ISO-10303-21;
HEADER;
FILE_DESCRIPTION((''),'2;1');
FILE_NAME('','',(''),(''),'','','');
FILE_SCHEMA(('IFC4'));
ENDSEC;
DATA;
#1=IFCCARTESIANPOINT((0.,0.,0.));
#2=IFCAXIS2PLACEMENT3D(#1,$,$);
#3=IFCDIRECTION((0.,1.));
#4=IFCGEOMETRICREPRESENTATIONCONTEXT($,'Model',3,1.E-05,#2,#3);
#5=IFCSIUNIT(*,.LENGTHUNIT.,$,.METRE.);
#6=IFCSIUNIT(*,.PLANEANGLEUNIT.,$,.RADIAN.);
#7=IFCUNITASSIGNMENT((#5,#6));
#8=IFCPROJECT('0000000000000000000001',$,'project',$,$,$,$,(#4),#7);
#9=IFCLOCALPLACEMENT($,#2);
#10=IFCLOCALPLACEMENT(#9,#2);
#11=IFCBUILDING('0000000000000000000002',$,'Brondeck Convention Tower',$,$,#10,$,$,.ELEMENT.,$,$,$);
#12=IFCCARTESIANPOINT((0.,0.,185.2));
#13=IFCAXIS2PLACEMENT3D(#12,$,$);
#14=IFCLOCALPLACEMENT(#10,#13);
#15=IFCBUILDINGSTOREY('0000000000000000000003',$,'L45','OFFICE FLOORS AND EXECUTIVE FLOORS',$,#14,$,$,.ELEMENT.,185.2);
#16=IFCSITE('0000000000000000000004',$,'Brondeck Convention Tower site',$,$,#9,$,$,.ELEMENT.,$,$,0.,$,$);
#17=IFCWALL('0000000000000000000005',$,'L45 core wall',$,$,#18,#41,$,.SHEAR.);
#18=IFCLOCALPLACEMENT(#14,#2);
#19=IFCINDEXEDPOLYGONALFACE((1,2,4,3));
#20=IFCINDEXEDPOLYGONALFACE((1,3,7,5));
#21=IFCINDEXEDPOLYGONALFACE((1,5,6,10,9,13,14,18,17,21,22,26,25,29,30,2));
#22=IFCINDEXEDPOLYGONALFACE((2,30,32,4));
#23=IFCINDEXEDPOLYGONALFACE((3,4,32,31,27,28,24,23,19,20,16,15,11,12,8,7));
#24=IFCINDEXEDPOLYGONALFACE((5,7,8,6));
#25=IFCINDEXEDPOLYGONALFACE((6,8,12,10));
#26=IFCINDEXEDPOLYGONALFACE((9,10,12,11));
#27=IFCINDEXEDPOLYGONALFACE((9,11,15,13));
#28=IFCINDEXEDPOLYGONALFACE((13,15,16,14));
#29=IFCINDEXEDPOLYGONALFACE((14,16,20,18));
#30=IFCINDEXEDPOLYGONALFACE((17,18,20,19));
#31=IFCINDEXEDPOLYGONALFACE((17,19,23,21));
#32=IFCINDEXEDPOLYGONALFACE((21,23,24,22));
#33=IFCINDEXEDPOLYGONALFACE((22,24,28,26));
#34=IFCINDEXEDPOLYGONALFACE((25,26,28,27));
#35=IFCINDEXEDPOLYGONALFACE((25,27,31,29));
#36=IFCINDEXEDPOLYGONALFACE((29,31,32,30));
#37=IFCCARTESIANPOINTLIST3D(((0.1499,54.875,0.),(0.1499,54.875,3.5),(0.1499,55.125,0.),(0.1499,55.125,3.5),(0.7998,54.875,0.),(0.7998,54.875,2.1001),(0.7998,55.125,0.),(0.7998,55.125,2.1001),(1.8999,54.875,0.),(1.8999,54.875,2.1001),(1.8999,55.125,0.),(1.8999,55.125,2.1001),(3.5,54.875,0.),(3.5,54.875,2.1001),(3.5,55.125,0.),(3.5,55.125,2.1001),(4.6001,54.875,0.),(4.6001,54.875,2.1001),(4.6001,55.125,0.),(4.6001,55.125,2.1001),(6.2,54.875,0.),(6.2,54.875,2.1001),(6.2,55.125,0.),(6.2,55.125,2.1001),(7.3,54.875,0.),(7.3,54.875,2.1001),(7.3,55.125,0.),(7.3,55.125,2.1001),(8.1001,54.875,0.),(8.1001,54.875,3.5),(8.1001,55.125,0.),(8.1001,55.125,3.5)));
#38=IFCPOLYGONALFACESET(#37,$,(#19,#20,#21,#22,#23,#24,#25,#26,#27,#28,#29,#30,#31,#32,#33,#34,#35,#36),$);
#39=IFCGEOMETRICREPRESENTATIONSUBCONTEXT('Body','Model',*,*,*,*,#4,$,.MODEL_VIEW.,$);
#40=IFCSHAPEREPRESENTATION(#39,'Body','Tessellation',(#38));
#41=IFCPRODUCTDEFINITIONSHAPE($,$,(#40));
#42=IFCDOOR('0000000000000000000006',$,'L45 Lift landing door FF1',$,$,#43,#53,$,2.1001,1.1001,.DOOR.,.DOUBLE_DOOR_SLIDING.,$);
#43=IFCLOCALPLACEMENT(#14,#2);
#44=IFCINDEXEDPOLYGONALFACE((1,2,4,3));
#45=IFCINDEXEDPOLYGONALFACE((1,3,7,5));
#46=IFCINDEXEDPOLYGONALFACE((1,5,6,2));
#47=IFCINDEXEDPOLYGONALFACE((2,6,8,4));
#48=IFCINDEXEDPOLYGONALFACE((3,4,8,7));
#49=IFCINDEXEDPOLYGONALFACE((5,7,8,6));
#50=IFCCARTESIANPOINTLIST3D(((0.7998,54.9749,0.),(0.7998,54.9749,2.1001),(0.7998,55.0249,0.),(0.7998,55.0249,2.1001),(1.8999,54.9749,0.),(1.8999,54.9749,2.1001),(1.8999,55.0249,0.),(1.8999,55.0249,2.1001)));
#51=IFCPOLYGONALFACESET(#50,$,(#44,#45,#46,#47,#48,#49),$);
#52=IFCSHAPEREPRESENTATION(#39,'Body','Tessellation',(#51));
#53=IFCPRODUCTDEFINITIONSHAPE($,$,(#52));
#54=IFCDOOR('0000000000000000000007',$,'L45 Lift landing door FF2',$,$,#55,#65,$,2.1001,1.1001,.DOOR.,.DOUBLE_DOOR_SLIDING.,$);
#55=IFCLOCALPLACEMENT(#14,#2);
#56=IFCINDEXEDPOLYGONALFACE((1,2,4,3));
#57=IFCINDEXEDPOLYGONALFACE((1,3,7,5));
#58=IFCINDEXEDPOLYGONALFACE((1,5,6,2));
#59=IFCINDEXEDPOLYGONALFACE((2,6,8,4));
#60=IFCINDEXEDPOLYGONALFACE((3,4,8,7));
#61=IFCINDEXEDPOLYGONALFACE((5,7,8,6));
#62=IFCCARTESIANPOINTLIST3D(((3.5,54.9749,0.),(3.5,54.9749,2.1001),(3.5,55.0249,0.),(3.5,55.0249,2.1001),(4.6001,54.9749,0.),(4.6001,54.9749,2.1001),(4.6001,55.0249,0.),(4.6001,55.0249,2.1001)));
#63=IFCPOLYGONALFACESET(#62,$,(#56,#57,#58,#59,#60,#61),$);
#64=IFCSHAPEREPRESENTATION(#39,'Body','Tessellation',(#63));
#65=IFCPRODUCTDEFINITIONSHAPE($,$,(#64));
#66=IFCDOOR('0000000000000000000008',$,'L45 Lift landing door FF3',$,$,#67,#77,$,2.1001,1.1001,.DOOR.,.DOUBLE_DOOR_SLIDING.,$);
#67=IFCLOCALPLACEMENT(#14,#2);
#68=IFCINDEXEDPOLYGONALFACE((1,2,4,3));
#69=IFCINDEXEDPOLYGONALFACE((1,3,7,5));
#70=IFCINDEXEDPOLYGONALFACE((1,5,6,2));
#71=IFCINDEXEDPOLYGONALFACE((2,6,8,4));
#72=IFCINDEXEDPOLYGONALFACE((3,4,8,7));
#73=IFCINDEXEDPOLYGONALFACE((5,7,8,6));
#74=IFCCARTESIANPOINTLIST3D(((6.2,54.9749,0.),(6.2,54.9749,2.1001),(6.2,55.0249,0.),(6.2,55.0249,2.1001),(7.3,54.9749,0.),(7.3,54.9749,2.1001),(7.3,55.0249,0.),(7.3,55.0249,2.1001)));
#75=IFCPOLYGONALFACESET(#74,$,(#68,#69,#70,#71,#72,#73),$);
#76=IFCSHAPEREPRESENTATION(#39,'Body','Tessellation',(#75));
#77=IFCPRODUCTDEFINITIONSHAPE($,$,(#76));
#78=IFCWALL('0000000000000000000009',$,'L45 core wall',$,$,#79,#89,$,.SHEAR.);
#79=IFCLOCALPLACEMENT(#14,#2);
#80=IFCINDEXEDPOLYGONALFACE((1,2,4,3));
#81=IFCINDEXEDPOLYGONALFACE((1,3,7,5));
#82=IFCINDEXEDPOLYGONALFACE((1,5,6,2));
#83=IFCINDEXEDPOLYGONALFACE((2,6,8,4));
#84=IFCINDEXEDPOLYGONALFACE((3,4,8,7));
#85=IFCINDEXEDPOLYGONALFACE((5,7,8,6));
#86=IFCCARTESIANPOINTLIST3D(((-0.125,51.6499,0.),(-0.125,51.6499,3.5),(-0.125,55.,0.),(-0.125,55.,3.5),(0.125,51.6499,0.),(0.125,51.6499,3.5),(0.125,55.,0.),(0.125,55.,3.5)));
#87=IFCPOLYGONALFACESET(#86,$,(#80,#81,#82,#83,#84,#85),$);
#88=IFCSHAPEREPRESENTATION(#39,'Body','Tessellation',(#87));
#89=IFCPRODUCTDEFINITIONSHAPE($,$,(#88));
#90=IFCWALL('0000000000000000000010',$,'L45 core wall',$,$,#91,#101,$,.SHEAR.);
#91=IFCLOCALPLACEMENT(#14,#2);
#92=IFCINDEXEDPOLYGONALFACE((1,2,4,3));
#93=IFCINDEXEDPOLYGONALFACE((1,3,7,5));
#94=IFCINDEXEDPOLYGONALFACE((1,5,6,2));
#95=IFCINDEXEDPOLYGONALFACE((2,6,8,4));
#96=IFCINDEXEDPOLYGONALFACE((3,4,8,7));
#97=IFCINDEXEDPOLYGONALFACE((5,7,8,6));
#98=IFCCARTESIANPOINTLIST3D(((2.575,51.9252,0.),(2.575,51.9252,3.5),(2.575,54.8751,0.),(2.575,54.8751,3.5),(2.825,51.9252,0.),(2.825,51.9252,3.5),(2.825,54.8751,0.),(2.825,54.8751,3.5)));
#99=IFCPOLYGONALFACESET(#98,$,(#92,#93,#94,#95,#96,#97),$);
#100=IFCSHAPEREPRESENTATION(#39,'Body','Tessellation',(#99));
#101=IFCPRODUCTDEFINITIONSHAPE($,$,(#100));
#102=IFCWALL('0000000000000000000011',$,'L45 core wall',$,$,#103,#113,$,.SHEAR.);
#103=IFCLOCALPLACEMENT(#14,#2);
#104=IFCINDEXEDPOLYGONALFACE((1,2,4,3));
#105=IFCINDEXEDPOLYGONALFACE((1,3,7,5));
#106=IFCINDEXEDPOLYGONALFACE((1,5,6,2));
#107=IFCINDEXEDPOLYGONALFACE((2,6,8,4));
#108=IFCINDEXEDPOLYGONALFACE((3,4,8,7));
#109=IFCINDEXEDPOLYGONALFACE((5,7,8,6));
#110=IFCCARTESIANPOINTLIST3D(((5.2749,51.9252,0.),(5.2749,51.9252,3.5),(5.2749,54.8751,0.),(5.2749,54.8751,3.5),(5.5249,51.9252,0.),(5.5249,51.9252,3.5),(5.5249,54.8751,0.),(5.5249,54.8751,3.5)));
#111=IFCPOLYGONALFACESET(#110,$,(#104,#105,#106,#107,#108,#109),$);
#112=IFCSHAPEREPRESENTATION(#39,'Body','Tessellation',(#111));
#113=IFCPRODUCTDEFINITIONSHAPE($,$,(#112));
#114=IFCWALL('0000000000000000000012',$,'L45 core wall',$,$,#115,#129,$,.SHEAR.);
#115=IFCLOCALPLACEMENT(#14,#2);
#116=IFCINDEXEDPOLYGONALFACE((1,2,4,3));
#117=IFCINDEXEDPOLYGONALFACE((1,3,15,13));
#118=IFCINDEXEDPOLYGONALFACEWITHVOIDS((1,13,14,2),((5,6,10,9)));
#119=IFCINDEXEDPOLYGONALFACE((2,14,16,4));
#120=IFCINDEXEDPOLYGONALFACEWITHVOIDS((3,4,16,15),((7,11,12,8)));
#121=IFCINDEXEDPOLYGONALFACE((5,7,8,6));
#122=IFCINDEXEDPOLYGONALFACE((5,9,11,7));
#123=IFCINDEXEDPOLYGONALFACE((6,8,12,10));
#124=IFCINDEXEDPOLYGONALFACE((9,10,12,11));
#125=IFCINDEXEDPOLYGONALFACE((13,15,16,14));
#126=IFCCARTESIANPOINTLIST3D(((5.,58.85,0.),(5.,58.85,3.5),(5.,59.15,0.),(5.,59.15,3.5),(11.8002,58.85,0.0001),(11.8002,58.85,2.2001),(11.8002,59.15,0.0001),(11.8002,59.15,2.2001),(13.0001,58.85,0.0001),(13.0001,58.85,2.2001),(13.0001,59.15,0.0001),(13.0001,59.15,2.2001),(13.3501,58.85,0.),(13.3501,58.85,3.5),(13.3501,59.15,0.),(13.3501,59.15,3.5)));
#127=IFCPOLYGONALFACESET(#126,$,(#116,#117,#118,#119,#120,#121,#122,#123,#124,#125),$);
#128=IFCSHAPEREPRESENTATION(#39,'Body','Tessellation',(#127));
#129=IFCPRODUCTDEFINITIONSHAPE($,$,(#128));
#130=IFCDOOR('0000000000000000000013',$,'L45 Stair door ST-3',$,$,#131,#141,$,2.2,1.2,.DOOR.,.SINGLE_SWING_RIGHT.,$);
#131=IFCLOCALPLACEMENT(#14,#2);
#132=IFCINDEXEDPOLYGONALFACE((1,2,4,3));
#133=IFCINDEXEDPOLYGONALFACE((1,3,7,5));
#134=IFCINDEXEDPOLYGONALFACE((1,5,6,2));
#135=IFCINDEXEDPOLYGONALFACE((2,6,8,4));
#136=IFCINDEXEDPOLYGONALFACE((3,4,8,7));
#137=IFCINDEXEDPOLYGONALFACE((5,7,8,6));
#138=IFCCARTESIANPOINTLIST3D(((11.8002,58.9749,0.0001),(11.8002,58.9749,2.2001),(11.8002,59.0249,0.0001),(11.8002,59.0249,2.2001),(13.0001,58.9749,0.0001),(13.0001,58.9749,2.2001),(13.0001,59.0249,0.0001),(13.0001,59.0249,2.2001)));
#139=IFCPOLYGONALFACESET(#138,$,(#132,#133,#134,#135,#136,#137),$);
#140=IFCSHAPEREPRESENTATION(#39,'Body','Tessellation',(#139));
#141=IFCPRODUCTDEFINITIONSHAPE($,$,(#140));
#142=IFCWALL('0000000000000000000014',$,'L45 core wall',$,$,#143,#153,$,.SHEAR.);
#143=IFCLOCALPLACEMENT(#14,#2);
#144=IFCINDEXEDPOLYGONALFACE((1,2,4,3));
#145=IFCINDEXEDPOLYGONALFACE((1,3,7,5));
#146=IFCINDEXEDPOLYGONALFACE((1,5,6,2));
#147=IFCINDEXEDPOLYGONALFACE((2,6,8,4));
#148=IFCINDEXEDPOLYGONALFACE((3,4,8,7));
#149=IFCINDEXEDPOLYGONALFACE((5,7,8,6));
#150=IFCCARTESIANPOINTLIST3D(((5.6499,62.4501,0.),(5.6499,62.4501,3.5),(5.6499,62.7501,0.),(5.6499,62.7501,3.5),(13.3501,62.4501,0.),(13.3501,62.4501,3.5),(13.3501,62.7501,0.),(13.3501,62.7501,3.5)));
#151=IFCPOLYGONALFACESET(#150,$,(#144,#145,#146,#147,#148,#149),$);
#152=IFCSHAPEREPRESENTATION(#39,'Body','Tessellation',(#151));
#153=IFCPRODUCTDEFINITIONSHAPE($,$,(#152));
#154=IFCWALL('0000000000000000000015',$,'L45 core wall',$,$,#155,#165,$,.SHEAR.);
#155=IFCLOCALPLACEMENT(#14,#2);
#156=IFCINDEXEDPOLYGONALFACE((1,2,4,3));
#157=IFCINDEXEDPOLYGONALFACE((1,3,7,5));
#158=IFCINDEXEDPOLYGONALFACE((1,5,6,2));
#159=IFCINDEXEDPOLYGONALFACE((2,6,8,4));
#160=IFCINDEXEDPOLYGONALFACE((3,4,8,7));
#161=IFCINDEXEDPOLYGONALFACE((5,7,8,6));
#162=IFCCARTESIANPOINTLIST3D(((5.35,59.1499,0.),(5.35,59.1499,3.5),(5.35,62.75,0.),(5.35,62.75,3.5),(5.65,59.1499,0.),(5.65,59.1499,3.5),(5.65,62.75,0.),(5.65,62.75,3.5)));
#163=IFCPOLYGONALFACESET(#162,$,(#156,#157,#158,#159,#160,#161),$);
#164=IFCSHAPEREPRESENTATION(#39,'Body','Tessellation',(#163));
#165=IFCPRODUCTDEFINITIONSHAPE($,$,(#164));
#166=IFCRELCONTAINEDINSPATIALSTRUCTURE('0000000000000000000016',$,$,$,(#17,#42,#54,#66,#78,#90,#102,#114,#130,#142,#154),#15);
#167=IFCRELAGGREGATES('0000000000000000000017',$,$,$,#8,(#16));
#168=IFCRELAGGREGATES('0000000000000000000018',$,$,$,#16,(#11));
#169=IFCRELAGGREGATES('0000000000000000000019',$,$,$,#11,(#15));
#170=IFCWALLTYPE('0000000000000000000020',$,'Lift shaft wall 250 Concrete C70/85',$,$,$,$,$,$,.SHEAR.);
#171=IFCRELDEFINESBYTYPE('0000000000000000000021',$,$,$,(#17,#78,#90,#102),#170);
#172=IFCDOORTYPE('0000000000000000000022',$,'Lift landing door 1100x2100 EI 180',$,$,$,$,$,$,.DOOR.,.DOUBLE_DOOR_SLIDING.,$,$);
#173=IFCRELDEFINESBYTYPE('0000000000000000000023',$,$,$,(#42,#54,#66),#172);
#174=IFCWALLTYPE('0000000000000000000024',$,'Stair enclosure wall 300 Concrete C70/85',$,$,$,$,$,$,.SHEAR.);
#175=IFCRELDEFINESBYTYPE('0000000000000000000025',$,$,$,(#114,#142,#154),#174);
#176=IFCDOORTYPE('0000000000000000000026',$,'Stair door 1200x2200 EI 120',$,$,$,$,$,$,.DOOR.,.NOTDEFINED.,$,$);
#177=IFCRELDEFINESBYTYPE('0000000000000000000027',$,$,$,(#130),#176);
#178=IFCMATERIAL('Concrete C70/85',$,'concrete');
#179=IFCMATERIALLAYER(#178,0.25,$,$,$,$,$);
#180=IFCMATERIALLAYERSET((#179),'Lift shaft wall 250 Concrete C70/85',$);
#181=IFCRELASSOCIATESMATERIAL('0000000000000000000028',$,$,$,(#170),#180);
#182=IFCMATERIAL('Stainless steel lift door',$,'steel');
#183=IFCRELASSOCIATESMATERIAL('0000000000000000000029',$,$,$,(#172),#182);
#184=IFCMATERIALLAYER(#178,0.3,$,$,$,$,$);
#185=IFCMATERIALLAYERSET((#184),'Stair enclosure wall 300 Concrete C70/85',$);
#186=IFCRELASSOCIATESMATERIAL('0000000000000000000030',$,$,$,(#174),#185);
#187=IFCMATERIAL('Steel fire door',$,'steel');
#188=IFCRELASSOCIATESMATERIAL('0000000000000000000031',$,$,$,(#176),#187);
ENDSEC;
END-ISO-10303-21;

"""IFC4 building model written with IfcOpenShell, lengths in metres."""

from ifc_helpers import new_model, si_unit, direction, frame, frame_2d, origin, place, context, subcontext, project, spatial, rectangle, extrude, material, layer, layer_set, type_object, element, fill, save


model = new_model("IFC4")

# Units and contexts
model_context = context("Model", 3, precision=1e-05, world=origin(), true_north=direction((0.0, 1.0)))
body_context = subcontext(model_context, "Body", "Model", "MODEL_VIEW")
ifc_project = project(units=[si_unit("LENGTHUNIT", "METRE"), si_unit("PLANEANGLEUNIT", "RADIAN")], contexts=[model_context])

# Site, building, storey
site_placement = place(None, origin())
site = spatial("IfcSite", under=ifc_project, at=site_placement, Name="Brondeck Convention Tower site", CompositionType="ELEMENT", RefElevation=0.0)
building_placement = place(site_placement, origin())
building = spatial("IfcBuilding", under=site, at=building_placement, Name="Brondeck Convention Tower", CompositionType="ELEMENT")
storey_placement = place(building_placement, frame((0.0, 0.0, 185.2)))
storey = spatial("IfcBuildingStorey", under=building, at=storey_placement, Name="L45", Description="OFFICE FLOORS AND EXECUTIVE FLOORS", CompositionType="ELEMENT", Elevation=185.2)

# Shared definitions
ifc_material_1 = material(Name="Concrete C70/85", Category="concrete")

# Shared definitions
ifc_layer_1 = layer(ifc_material_1, 0.25)
ifc_layer_set_1 = layer_set([ifc_layer_1], Name="Lift shaft wall 250 Concrete C70/85")
wall_type_1 = type_object("IfcWallType", Name="Lift shaft wall 250 Concrete C70/85", PredefinedType="SHEAR", material=ifc_layer_set_1)

# Wall, openings, doors
wall_1_placement = place(storey_placement, frame((0.1499, 55.0, 0.0), z_axis=(0.0, 0.0, 1.0), x_axis=(1.0, 0.0, 0.0)))
wall_1 = element("IfcWall", 1, at=wall_1_placement, inside=storey, type_object=wall_type_1, Name="L45 core wall", PredefinedType="SHEAR", context=body_context, shape_type="SweptSolid", body=[
    extrude(rectangle(XDim=7.9502, YDim=0.25, at=frame_2d((3.9751, 0.0))), origin(), (0.0, 0.0, 1.0), 3.5),
])
opening_1_placement = place(wall_1_placement, frame((0.6499, 0.0, 0.0)))
opening_1 = element("IfcOpeningElement", 2, at=opening_1_placement, cuts=wall_1, PredefinedType="OPENING", context=body_context, shape_type="SweptSolid", body=[
    extrude(rectangle(XDim=1.1001, YDim=2.1001, at=frame_2d((0.55, 1.05))), frame((0.0, 0.135, 0.0), z_axis=(0.0, -1.0, 0.0), x_axis=(1.0, 0.0, 0.0)), (0.0, 0.0, 1.0), 0.27),
])
opening_2_placement = place(wall_1_placement, frame((3.3501, 0.0, 0.0)))
opening_2 = element("IfcOpeningElement", 3, at=opening_2_placement, cuts=wall_1, PredefinedType="OPENING", context=body_context, shape_type="SweptSolid", body=[
    extrude(rectangle(XDim=1.1001, YDim=2.1001, at=frame_2d((0.55, 1.05))), frame((0.0, 0.135, 0.0), z_axis=(0.0, -1.0, 0.0), x_axis=(1.0, 0.0, 0.0)), (0.0, 0.0, 1.0), 0.27),
])
opening_3_placement = place(wall_1_placement, frame((6.05, 0.0, 0.0)))
opening_3 = element("IfcOpeningElement", 4, at=opening_3_placement, cuts=wall_1, PredefinedType="OPENING", context=body_context, shape_type="SweptSolid", body=[
    extrude(rectangle(XDim=1.1001, YDim=2.1001, at=frame_2d((0.55, 1.05))), frame((0.0, 0.135, 0.0), z_axis=(0.0, -1.0, 0.0), x_axis=(1.0, 0.0, 0.0)), (0.0, 0.0, 1.0), 0.27),
])
ifc_material_2 = material(Name="Stainless steel lift door", Category="steel")
door_type_1 = type_object("IfcDoorType", Name="Lift landing door 1100x2100 EI 180", OperationType="DOUBLE_DOOR_SLIDING", PredefinedType="DOOR", material=ifc_material_2)
door_1_placement = place(opening_1_placement, origin())
door_1 = element("IfcDoor", 5, at=door_1_placement, inside=storey, type_object=door_type_1, Name="L45 Lift landing door FF1", OperationType="DOUBLE_DOOR_SLIDING", OverallHeight=2.1001, OverallWidth=1.1001, PredefinedType="DOOR", context=body_context, shape_type="SweptSolid", body=[
    extrude(rectangle(XDim=1.1001, YDim=2.1001, at=frame_2d((0.55, 1.05))), frame((0.0, 0.0249, 0.0), z_axis=(0.0, -1.0, 0.0), x_axis=(1.0, 0.0, 0.0)), (0.0, 0.0, 1.0), 0.05),
])
fill(opening_1, door_1)
door_2_placement = place(opening_2_placement, origin())
door_2 = element("IfcDoor", 6, at=door_2_placement, inside=storey, type_object=door_type_1, Name="L45 Lift landing door FF2", OperationType="DOUBLE_DOOR_SLIDING", OverallHeight=2.1001, OverallWidth=1.1001, PredefinedType="DOOR", context=body_context, shape_type="SweptSolid", body=[
    extrude(rectangle(XDim=1.1001, YDim=2.1001, at=frame_2d((0.55, 1.05))), frame((0.0, 0.0249, 0.0), z_axis=(0.0, -1.0, 0.0), x_axis=(1.0, 0.0, 0.0)), (0.0, 0.0, 1.0), 0.05),
])
fill(opening_2, door_2)
door_3_placement = place(opening_3_placement, origin())
door_3 = element("IfcDoor", 7, at=door_3_placement, inside=storey, type_object=door_type_1, Name="L45 Lift landing door FF3", OperationType="DOUBLE_DOOR_SLIDING", OverallHeight=2.1001, OverallWidth=1.1001, PredefinedType="DOOR", context=body_context, shape_type="SweptSolid", body=[
    extrude(rectangle(XDim=1.1001, YDim=2.1001, at=frame_2d((0.55, 1.05))), frame((0.0, 0.0249, 0.0), z_axis=(0.0, -1.0, 0.0), x_axis=(1.0, 0.0, 0.0)), (0.0, 0.0, 1.0), 0.05),
])
fill(opening_3, door_3)

# Walls
wall_2_placement = place(storey_placement, frame((0.0, 51.6499, 0.0), z_axis=(0.0, 0.0, 1.0), x_axis=(0.0, 1.0, 0.0)))
element("IfcWall", 8, at=wall_2_placement, inside=storey, type_object=wall_type_1, Name="L45 core wall", PredefinedType="SHEAR", context=body_context, shape_type="SweptSolid", body=[
    extrude(rectangle(XDim=3.3501, YDim=0.25, at=frame_2d((1.675, 0.0))), origin(), (0.0, 0.0, 1.0), 3.5),
])
for number, where, z_axis, x_axis, name in (
    (9, (2.7, 51.925, 0.0), (0.0, 0.0, 1.0), (0.0, 1.0, 0.0), "L45 core wall"),
    (10, (5.3999, 51.925, 0.0), (0.0, 0.0, 1.0), (0.0, 1.0, 0.0), "L45 core wall"),
):
    element("IfcWall", number, at=place(storey_placement, frame(where, z_axis=z_axis, x_axis=x_axis)), inside=storey, type_object=wall_type_1, Name=name, PredefinedType="SHEAR", context=body_context, shape_type="SweptSolid", body=[
        extrude(rectangle(XDim=2.95, YDim=0.25, at=frame_2d((1.4751, 0.0))), origin(), (0.0, 0.0, 1.0), 3.5),
    ])

# Wall, opening, door
ifc_layer_2 = layer(ifc_material_1, 0.3)
ifc_layer_set_2 = layer_set([ifc_layer_2], Name="Stair enclosure wall 300 Concrete C70/85")
wall_type_2 = type_object("IfcWallType", Name="Stair enclosure wall 300 Concrete C70/85", PredefinedType="SHEAR", material=ifc_layer_set_2)
wall_3_placement = place(storey_placement, frame((5.0, 59.0, 0.0), z_axis=(0.0, 0.0, 1.0), x_axis=(1.0, 0.0, 0.0)))
wall_3 = element("IfcWall", 11, at=wall_3_placement, inside=storey, type_object=wall_type_2, Name="L45 core wall", PredefinedType="SHEAR", context=body_context, shape_type="SweptSolid", body=[
    extrude(rectangle(XDim=8.3501, YDim=0.3, at=frame_2d((4.175, 0.0))), origin(), (0.0, 0.0, 1.0), 3.5),
])
opening_4_placement = place(wall_3_placement, frame((6.8, 0.0, 0.0)))
opening_4 = element("IfcOpeningElement", 12, at=opening_4_placement, cuts=wall_3, PredefinedType="OPENING", context=body_context, shape_type="SweptSolid", body=[
    extrude(rectangle(XDim=1.2, YDim=2.2, at=frame_2d((0.6001, 1.1001))), frame((0.0, 0.1599, 0.0), z_axis=(0.0, -1.0, 0.0), x_axis=(1.0, 0.0, 0.0)), (0.0, 0.0, 1.0), 0.3201),
])
ifc_material_3 = material(Name="Steel fire door", Category="steel")
door_type_2 = type_object("IfcDoorType", Name="Stair door 1200x2200 EI 120", OperationType="NOTDEFINED", PredefinedType="DOOR", material=ifc_material_3)
door_4_placement = place(opening_4_placement, origin())
door_4 = element("IfcDoor", 13, at=door_4_placement, inside=storey, type_object=door_type_2, Name="L45 Stair door ST-3", OperationType="SINGLE_SWING_RIGHT", OverallHeight=2.2, OverallWidth=1.2, PredefinedType="DOOR", context=body_context, shape_type="SweptSolid", body=[
    extrude(rectangle(XDim=1.2, YDim=2.2, at=frame_2d((0.6001, 1.1001))), frame((0.0, 0.0249, 0.0), z_axis=(0.0, -1.0, 0.0), x_axis=(1.0, 0.0, 0.0)), (0.0, 0.0, 1.0), 0.05),
])
fill(opening_4, door_4)

# Walls
wall_4_placement = place(storey_placement, frame((5.6499, 62.6001, 0.0), z_axis=(0.0, 0.0, 1.0), x_axis=(1.0, 0.0, 0.0)))
element("IfcWall", 14, at=wall_4_placement, inside=storey, type_object=wall_type_2, Name="L45 core wall", PredefinedType="SHEAR", context=body_context, shape_type="SweptSolid", body=[
    extrude(rectangle(XDim=7.7002, YDim=0.3, at=frame_2d((3.8501, 0.0))), origin(), (0.0, 0.0, 1.0), 3.5),
])
wall_5_placement = place(storey_placement, frame((5.5, 59.1499, 0.0), z_axis=(0.0, 0.0, 1.0), x_axis=(0.0, 1.0, 0.0)))
element("IfcWall", 15, at=wall_5_placement, inside=storey, type_object=wall_type_2, Name="L45 core wall", PredefinedType="SHEAR", context=body_context, shape_type="SweptSolid", body=[
    extrude(rectangle(XDim=3.6001, YDim=0.3, at=frame_2d((1.8, 0.0))), origin(), (0.0, 0.0, 1.0), 3.5),
])

save(model, "model.ifc")
